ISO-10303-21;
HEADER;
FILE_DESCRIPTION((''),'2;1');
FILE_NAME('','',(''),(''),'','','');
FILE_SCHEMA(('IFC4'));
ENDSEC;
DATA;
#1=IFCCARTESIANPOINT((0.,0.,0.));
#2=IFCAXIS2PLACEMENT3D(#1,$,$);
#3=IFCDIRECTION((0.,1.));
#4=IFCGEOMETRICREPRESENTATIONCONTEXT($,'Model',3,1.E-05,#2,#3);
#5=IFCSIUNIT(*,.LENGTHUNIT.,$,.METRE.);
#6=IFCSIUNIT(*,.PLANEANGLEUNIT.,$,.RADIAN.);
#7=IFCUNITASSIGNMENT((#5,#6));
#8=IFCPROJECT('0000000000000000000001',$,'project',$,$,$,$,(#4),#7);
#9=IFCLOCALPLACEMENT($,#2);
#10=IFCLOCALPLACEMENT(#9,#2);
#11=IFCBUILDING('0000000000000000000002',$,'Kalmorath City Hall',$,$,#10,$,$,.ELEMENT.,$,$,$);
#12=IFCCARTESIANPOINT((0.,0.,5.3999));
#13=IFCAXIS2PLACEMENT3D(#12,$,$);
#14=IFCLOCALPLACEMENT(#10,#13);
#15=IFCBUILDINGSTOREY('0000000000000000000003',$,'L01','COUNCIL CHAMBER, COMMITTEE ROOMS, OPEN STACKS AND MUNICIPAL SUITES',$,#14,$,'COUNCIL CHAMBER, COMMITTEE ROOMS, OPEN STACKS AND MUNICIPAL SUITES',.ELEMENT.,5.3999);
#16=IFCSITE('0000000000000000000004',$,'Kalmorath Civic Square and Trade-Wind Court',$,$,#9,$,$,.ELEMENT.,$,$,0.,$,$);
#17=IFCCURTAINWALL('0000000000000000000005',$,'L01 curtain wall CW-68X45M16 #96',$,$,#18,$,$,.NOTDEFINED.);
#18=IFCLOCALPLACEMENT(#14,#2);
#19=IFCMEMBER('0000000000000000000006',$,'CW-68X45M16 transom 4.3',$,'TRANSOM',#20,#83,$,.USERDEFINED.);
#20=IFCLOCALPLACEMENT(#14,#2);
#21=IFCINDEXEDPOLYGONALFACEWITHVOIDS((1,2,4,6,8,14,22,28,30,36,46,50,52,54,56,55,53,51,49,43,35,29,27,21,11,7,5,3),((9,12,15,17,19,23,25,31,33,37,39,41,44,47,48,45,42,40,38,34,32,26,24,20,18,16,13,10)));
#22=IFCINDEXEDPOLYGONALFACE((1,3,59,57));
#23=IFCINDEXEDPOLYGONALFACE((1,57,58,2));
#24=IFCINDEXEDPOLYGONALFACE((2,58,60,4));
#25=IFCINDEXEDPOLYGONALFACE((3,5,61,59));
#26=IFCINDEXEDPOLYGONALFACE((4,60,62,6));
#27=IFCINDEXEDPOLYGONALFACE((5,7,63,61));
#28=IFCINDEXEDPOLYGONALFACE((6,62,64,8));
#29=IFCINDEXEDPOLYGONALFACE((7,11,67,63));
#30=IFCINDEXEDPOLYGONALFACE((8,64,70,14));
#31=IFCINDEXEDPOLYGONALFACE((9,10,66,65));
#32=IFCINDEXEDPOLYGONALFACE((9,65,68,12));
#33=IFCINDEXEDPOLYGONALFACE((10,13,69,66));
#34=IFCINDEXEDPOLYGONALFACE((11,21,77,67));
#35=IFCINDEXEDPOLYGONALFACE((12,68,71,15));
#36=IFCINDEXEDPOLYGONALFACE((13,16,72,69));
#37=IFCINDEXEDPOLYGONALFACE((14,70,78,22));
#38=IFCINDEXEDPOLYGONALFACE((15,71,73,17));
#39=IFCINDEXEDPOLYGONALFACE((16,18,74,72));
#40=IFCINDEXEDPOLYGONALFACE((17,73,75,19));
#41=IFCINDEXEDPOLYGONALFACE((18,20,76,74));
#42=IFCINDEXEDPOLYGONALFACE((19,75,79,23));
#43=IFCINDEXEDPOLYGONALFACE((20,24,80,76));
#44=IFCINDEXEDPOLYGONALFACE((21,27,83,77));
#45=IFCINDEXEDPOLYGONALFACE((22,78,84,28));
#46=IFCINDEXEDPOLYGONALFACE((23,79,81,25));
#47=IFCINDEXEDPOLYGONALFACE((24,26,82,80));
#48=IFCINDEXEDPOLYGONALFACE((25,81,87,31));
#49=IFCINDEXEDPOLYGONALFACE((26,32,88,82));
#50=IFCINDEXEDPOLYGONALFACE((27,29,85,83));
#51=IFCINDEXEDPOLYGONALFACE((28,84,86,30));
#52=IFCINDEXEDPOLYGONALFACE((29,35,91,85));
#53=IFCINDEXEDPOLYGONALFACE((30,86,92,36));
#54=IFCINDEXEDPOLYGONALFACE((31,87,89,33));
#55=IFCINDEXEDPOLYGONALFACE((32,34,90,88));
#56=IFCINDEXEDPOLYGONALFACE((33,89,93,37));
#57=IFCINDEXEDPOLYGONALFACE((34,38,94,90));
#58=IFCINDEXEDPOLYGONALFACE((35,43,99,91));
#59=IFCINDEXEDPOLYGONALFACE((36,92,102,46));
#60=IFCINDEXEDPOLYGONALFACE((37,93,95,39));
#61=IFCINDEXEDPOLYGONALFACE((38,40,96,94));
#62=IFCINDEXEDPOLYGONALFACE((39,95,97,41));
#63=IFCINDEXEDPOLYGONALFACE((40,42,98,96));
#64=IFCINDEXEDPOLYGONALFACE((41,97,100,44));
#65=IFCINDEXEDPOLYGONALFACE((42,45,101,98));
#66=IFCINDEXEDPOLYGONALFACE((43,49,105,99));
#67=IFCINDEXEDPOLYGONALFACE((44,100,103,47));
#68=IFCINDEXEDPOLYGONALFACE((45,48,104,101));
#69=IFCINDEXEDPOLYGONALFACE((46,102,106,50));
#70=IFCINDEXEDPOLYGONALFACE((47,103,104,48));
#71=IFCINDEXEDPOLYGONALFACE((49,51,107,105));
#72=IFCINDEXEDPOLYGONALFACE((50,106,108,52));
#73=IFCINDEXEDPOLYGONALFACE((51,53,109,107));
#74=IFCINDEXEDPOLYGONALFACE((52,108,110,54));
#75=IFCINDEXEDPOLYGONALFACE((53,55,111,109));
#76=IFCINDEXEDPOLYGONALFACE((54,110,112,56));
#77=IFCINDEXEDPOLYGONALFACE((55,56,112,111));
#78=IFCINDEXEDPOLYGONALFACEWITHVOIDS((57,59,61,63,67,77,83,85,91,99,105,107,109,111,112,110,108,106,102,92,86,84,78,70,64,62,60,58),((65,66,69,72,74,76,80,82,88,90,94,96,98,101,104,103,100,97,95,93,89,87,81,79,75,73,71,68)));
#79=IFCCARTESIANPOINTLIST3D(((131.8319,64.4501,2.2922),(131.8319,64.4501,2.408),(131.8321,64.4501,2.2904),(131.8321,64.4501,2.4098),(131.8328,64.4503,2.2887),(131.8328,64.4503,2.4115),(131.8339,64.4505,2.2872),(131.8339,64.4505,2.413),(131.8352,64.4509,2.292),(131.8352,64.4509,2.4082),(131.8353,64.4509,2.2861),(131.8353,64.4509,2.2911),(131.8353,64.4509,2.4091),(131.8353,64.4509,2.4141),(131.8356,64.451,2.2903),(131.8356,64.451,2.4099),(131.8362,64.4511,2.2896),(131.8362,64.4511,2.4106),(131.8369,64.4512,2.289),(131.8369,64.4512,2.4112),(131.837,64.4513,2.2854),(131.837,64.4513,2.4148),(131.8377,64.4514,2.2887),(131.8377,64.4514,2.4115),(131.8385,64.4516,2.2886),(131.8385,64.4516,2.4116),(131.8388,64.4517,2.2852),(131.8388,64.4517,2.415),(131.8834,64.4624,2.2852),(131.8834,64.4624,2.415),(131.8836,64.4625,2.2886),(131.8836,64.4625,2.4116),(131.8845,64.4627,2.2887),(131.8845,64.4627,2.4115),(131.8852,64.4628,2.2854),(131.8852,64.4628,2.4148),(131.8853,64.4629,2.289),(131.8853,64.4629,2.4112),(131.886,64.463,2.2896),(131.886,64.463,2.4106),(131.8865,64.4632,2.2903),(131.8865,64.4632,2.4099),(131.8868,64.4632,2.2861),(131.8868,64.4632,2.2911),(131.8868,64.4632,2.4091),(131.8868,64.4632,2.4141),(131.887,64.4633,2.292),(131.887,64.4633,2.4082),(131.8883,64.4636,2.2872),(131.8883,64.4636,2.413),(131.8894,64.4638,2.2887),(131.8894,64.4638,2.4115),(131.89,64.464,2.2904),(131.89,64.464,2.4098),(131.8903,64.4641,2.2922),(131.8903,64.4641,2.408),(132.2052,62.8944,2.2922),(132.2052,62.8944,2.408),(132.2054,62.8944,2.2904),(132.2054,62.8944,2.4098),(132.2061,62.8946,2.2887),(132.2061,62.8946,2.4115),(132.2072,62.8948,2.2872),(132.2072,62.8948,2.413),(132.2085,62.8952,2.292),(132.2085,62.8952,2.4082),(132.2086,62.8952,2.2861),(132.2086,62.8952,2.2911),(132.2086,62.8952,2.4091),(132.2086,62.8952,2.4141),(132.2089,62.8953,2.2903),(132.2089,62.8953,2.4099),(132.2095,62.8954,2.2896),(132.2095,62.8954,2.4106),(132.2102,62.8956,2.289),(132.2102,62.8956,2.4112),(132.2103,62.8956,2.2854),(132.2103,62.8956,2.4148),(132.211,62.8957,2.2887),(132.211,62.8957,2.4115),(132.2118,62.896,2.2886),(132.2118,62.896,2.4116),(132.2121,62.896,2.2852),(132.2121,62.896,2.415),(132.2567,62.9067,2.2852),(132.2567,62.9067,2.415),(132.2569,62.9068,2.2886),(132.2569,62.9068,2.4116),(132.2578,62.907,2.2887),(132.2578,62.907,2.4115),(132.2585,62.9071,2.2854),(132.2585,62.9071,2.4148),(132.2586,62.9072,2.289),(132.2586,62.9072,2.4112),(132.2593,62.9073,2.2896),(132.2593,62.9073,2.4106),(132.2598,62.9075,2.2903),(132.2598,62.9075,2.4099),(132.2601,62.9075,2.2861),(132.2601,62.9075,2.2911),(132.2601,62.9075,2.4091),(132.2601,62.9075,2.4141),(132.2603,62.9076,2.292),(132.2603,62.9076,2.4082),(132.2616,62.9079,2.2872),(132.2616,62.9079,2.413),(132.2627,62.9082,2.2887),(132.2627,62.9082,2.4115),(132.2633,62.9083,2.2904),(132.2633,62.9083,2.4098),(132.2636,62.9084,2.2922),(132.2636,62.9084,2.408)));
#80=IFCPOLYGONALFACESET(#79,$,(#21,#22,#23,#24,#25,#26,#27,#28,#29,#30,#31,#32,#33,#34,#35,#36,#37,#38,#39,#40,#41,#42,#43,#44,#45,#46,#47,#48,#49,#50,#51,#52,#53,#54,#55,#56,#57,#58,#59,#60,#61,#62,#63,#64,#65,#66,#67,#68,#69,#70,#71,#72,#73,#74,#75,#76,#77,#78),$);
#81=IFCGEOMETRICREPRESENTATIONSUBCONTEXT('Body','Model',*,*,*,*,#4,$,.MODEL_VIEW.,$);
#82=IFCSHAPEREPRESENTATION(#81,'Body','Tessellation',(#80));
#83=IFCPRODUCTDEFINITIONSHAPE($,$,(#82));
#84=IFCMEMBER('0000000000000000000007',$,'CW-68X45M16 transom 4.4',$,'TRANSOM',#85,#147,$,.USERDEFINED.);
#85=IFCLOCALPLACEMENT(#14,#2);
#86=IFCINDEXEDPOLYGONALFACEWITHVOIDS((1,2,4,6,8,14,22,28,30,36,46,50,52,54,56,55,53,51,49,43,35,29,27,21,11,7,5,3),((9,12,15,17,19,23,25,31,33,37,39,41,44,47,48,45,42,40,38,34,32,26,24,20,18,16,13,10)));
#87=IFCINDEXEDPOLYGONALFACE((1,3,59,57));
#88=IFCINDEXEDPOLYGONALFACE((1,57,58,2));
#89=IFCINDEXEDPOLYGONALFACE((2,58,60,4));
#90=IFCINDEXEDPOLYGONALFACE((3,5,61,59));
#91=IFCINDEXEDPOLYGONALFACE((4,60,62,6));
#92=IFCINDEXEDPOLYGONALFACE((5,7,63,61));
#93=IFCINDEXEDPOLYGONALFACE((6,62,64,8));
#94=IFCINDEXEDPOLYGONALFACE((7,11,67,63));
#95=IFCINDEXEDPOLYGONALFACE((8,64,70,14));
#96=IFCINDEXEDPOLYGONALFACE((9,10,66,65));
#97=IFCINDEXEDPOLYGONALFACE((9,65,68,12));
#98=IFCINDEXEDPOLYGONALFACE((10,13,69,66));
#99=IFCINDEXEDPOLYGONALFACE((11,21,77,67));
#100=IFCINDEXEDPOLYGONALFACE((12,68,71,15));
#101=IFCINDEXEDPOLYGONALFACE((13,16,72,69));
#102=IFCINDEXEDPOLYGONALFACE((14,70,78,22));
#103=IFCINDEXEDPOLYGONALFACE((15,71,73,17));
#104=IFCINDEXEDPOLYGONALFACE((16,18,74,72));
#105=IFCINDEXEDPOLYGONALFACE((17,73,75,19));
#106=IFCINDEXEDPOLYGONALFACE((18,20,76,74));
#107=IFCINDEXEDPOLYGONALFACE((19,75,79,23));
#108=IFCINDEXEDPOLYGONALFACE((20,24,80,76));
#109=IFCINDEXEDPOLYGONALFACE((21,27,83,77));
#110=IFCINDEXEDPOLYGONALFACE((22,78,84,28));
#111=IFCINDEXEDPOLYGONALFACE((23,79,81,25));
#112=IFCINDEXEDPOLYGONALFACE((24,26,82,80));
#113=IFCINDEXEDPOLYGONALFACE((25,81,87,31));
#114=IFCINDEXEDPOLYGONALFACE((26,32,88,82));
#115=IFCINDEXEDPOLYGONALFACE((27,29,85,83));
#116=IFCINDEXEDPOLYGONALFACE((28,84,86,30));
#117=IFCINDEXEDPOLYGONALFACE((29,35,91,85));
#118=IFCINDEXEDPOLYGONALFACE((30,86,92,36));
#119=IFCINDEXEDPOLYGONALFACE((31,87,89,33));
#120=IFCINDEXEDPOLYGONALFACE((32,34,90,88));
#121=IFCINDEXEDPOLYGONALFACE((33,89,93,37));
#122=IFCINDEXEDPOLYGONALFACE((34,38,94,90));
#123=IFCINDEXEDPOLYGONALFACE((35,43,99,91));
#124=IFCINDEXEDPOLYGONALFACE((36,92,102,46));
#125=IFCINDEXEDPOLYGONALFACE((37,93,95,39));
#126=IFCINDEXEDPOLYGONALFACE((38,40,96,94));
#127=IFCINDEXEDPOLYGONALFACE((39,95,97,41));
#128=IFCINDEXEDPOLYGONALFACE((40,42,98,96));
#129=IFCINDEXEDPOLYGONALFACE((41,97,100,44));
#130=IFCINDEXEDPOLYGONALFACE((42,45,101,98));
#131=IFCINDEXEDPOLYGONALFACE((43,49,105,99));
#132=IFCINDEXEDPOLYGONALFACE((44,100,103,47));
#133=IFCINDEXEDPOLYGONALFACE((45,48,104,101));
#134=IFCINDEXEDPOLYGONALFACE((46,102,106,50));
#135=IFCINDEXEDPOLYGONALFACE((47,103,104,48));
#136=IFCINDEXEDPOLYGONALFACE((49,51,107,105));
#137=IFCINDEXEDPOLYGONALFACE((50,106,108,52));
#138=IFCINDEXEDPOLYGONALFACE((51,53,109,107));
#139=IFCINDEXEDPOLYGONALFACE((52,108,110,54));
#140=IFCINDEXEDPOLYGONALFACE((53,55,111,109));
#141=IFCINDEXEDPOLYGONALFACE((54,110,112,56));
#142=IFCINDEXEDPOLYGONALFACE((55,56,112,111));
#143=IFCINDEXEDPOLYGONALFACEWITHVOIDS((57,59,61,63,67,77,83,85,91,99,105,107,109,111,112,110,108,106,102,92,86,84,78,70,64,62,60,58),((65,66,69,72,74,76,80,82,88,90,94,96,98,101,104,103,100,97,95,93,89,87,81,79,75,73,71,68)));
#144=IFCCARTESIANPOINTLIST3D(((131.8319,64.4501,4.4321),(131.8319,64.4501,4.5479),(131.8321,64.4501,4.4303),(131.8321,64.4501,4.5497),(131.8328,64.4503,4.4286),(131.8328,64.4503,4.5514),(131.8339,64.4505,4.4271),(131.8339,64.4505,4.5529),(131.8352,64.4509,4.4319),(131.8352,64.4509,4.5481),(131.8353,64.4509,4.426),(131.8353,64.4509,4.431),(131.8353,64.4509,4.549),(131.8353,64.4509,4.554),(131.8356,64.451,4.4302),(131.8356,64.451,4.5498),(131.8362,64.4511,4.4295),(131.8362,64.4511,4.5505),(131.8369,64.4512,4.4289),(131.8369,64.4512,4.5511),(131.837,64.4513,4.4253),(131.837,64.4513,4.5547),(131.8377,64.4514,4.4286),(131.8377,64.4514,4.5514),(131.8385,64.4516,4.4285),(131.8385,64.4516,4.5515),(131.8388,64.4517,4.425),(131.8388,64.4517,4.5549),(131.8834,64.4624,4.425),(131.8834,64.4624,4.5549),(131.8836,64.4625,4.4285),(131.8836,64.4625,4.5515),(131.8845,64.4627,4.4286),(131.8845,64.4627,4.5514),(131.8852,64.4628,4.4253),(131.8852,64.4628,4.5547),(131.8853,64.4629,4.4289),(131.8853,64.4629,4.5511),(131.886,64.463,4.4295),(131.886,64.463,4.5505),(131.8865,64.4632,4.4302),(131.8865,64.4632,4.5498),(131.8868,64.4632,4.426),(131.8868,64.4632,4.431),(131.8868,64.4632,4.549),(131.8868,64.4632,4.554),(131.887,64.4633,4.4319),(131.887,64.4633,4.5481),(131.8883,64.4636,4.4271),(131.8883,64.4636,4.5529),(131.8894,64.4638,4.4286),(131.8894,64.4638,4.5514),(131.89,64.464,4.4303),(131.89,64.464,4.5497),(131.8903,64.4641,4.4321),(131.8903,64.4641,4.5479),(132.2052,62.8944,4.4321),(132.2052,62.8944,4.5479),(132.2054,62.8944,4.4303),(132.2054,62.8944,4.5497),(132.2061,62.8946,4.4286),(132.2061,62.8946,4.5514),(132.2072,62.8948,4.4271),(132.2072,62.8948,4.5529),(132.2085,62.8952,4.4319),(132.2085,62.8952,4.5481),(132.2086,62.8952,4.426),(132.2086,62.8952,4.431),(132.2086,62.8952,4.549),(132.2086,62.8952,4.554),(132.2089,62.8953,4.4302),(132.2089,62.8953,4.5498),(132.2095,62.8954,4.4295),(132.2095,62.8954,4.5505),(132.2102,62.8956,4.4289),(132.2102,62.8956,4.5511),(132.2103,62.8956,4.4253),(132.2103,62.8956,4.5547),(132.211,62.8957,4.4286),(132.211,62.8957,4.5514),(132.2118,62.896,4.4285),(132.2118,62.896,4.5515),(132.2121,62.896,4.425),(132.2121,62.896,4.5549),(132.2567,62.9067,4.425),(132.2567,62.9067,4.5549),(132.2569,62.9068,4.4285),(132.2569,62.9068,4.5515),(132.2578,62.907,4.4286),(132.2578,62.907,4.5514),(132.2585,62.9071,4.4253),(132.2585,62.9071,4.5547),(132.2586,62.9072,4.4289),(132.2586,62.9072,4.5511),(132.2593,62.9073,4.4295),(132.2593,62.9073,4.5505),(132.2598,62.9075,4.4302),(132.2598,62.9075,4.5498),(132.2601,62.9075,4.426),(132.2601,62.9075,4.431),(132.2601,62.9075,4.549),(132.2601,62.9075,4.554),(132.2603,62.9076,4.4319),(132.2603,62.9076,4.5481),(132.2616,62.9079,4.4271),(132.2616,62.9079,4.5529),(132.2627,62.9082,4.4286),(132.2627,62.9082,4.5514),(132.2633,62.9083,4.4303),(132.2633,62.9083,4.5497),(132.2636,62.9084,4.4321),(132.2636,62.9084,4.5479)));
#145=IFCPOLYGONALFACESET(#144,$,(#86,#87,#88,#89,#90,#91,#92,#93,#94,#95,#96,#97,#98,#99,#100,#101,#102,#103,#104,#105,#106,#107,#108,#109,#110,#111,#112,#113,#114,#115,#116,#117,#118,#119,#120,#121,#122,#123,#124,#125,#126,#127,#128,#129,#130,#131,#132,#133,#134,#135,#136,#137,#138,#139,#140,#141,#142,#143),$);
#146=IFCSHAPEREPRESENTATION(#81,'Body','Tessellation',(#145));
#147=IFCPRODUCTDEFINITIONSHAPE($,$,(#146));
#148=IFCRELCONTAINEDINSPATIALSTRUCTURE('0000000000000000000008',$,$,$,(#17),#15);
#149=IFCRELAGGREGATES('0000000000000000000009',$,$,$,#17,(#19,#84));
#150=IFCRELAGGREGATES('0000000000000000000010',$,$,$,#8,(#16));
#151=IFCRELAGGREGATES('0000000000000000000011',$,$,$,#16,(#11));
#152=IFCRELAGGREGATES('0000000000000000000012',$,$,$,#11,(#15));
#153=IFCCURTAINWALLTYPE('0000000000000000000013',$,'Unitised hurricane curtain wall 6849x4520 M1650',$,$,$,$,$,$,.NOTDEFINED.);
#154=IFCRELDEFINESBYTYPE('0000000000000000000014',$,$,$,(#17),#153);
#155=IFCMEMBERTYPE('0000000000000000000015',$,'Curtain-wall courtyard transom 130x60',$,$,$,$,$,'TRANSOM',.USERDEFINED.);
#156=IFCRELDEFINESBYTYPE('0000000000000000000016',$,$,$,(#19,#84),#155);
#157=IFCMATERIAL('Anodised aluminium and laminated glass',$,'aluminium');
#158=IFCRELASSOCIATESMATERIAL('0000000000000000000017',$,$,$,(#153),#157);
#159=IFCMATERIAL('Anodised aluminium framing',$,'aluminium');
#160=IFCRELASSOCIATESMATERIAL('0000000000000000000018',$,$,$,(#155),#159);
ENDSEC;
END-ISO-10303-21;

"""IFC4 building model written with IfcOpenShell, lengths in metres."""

from ifc_helpers import new_model, si_unit, direction, frame, origin, origin_2d, place, context, subcontext, project, spatial, hollow_rectangle, extrude, material, material_profile, profile_set, type_object, element, aggregate, save


model = new_model("IFC4")

# Units and contexts
model_context = context("Model", 3, precision=1e-05, world=origin(), true_north=direction((0.0, 1.0)))
body_context = subcontext(model_context, "Body", "Model", "MODEL_VIEW")
ifc_project = project(units=[si_unit("LENGTHUNIT", "METRE"), si_unit("PLANEANGLEUNIT", "RADIAN")], contexts=[model_context])

# Site, building, storey
site_placement = place(None, origin())
site = spatial("IfcSite", under=ifc_project, at=site_placement, Name="Kalmorath Civic Square and Trade-Wind Court", CompositionType="ELEMENT", RefElevation=0.0)
building_placement = place(site_placement, origin())
building = spatial("IfcBuilding", under=site, at=building_placement, Name="Kalmorath City Hall", CompositionType="ELEMENT")
storey_placement = place(building_placement, frame((0.0, 0.0, 5.3999)))
storey = spatial("IfcBuildingStorey", under=building, at=storey_placement, Name="L01", Description="COUNCIL CHAMBER, COMMITTEE ROOMS, OPEN STACKS AND MUNICIPAL SUITES", LongName="COUNCIL CHAMBER, COMMITTEE ROOMS, OPEN STACKS AND MUNICIPAL SUITES", CompositionType="ELEMENT", Elevation=5.3999)

# Curtain wall, members
ifc_material_1 = material(Name="Anodised aluminium and laminated glass", Category="aluminium")
curtain_wall_type = type_object("IfcCurtainWallType", Name="Unitised hurricane curtain wall 6849x4520 M1650", PredefinedType="NOTDEFINED", material=ifc_material_1)
curtain_wall_placement = place(storey_placement, origin())
curtain_wall = element("IfcCurtainWall", 1, at=curtain_wall_placement, inside=storey, type_object=curtain_wall_type, Name="L01 curtain wall CW-68X45M16 #96", PredefinedType="NOTDEFINED")
ifc_material_2 = material(Name="Anodised aluminium framing", Category="aluminium")
ifc_material_profile_1 = material_profile(ifc_material_2, hollow_rectangle(XDim=0.0601, YDim=0.1299, WallThickness=0.0034, InnerFilletRadius=0.0034, OuterFilletRadius=0.0071, at=origin_2d()), Name="ALU-TRN-130X60X3.5")
ifc_profile_set_1 = profile_set([ifc_material_profile_1], Name="Anodised aluminium framing")
member_type_1 = type_object("IfcMemberType", Name="Curtain-wall courtyard transom 130x60", ElementType="TRANSOM", PredefinedType="USERDEFINED", material=ifc_profile_set_1)
member_1_placement = place(storey_placement, frame((132.2344, 62.9014, 2.3501), z_axis=(-0.233333, 0.972397, 0.0), x_axis=(-0.972397, -0.233333, 0.0)))
member_1 = element("IfcMember", 2, at=member_1_placement, type_object=member_type_1, Name="CW-68X45M16 transom 4.3", ObjectType="TRANSOM", PredefinedType="USERDEFINED", context=body_context, shape_type="SweptSolid", body=[
    extrude(hollow_rectangle(XDim=0.0601, YDim=0.1299, WallThickness=0.0034, InnerFilletRadius=0.0034, OuterFilletRadius=0.0071, at=origin_2d()), origin(), (0.0, 0.0, 1.0), 1.5999),
])
member_2_placement = place(storey_placement, frame((132.2344, 62.9014, 4.49), z_axis=(-0.233333, 0.972397, 0.0), x_axis=(-0.972397, -0.233333, 0.0)))
member_2 = element("IfcMember", 3, at=member_2_placement, type_object=member_type_1, Name="CW-68X45M16 transom 4.4", ObjectType="TRANSOM", PredefinedType="USERDEFINED", context=body_context, shape_type="SweptSolid", body=[
    extrude(hollow_rectangle(XDim=0.0601, YDim=0.1299, WallThickness=0.0034, InnerFilletRadius=0.0034, OuterFilletRadius=0.0071, at=origin_2d()), origin(), (0.0, 0.0, 1.0), 1.5999),
])
aggregate(curtain_wall, [member_1, member_2])

save(model, "model.ifc")
